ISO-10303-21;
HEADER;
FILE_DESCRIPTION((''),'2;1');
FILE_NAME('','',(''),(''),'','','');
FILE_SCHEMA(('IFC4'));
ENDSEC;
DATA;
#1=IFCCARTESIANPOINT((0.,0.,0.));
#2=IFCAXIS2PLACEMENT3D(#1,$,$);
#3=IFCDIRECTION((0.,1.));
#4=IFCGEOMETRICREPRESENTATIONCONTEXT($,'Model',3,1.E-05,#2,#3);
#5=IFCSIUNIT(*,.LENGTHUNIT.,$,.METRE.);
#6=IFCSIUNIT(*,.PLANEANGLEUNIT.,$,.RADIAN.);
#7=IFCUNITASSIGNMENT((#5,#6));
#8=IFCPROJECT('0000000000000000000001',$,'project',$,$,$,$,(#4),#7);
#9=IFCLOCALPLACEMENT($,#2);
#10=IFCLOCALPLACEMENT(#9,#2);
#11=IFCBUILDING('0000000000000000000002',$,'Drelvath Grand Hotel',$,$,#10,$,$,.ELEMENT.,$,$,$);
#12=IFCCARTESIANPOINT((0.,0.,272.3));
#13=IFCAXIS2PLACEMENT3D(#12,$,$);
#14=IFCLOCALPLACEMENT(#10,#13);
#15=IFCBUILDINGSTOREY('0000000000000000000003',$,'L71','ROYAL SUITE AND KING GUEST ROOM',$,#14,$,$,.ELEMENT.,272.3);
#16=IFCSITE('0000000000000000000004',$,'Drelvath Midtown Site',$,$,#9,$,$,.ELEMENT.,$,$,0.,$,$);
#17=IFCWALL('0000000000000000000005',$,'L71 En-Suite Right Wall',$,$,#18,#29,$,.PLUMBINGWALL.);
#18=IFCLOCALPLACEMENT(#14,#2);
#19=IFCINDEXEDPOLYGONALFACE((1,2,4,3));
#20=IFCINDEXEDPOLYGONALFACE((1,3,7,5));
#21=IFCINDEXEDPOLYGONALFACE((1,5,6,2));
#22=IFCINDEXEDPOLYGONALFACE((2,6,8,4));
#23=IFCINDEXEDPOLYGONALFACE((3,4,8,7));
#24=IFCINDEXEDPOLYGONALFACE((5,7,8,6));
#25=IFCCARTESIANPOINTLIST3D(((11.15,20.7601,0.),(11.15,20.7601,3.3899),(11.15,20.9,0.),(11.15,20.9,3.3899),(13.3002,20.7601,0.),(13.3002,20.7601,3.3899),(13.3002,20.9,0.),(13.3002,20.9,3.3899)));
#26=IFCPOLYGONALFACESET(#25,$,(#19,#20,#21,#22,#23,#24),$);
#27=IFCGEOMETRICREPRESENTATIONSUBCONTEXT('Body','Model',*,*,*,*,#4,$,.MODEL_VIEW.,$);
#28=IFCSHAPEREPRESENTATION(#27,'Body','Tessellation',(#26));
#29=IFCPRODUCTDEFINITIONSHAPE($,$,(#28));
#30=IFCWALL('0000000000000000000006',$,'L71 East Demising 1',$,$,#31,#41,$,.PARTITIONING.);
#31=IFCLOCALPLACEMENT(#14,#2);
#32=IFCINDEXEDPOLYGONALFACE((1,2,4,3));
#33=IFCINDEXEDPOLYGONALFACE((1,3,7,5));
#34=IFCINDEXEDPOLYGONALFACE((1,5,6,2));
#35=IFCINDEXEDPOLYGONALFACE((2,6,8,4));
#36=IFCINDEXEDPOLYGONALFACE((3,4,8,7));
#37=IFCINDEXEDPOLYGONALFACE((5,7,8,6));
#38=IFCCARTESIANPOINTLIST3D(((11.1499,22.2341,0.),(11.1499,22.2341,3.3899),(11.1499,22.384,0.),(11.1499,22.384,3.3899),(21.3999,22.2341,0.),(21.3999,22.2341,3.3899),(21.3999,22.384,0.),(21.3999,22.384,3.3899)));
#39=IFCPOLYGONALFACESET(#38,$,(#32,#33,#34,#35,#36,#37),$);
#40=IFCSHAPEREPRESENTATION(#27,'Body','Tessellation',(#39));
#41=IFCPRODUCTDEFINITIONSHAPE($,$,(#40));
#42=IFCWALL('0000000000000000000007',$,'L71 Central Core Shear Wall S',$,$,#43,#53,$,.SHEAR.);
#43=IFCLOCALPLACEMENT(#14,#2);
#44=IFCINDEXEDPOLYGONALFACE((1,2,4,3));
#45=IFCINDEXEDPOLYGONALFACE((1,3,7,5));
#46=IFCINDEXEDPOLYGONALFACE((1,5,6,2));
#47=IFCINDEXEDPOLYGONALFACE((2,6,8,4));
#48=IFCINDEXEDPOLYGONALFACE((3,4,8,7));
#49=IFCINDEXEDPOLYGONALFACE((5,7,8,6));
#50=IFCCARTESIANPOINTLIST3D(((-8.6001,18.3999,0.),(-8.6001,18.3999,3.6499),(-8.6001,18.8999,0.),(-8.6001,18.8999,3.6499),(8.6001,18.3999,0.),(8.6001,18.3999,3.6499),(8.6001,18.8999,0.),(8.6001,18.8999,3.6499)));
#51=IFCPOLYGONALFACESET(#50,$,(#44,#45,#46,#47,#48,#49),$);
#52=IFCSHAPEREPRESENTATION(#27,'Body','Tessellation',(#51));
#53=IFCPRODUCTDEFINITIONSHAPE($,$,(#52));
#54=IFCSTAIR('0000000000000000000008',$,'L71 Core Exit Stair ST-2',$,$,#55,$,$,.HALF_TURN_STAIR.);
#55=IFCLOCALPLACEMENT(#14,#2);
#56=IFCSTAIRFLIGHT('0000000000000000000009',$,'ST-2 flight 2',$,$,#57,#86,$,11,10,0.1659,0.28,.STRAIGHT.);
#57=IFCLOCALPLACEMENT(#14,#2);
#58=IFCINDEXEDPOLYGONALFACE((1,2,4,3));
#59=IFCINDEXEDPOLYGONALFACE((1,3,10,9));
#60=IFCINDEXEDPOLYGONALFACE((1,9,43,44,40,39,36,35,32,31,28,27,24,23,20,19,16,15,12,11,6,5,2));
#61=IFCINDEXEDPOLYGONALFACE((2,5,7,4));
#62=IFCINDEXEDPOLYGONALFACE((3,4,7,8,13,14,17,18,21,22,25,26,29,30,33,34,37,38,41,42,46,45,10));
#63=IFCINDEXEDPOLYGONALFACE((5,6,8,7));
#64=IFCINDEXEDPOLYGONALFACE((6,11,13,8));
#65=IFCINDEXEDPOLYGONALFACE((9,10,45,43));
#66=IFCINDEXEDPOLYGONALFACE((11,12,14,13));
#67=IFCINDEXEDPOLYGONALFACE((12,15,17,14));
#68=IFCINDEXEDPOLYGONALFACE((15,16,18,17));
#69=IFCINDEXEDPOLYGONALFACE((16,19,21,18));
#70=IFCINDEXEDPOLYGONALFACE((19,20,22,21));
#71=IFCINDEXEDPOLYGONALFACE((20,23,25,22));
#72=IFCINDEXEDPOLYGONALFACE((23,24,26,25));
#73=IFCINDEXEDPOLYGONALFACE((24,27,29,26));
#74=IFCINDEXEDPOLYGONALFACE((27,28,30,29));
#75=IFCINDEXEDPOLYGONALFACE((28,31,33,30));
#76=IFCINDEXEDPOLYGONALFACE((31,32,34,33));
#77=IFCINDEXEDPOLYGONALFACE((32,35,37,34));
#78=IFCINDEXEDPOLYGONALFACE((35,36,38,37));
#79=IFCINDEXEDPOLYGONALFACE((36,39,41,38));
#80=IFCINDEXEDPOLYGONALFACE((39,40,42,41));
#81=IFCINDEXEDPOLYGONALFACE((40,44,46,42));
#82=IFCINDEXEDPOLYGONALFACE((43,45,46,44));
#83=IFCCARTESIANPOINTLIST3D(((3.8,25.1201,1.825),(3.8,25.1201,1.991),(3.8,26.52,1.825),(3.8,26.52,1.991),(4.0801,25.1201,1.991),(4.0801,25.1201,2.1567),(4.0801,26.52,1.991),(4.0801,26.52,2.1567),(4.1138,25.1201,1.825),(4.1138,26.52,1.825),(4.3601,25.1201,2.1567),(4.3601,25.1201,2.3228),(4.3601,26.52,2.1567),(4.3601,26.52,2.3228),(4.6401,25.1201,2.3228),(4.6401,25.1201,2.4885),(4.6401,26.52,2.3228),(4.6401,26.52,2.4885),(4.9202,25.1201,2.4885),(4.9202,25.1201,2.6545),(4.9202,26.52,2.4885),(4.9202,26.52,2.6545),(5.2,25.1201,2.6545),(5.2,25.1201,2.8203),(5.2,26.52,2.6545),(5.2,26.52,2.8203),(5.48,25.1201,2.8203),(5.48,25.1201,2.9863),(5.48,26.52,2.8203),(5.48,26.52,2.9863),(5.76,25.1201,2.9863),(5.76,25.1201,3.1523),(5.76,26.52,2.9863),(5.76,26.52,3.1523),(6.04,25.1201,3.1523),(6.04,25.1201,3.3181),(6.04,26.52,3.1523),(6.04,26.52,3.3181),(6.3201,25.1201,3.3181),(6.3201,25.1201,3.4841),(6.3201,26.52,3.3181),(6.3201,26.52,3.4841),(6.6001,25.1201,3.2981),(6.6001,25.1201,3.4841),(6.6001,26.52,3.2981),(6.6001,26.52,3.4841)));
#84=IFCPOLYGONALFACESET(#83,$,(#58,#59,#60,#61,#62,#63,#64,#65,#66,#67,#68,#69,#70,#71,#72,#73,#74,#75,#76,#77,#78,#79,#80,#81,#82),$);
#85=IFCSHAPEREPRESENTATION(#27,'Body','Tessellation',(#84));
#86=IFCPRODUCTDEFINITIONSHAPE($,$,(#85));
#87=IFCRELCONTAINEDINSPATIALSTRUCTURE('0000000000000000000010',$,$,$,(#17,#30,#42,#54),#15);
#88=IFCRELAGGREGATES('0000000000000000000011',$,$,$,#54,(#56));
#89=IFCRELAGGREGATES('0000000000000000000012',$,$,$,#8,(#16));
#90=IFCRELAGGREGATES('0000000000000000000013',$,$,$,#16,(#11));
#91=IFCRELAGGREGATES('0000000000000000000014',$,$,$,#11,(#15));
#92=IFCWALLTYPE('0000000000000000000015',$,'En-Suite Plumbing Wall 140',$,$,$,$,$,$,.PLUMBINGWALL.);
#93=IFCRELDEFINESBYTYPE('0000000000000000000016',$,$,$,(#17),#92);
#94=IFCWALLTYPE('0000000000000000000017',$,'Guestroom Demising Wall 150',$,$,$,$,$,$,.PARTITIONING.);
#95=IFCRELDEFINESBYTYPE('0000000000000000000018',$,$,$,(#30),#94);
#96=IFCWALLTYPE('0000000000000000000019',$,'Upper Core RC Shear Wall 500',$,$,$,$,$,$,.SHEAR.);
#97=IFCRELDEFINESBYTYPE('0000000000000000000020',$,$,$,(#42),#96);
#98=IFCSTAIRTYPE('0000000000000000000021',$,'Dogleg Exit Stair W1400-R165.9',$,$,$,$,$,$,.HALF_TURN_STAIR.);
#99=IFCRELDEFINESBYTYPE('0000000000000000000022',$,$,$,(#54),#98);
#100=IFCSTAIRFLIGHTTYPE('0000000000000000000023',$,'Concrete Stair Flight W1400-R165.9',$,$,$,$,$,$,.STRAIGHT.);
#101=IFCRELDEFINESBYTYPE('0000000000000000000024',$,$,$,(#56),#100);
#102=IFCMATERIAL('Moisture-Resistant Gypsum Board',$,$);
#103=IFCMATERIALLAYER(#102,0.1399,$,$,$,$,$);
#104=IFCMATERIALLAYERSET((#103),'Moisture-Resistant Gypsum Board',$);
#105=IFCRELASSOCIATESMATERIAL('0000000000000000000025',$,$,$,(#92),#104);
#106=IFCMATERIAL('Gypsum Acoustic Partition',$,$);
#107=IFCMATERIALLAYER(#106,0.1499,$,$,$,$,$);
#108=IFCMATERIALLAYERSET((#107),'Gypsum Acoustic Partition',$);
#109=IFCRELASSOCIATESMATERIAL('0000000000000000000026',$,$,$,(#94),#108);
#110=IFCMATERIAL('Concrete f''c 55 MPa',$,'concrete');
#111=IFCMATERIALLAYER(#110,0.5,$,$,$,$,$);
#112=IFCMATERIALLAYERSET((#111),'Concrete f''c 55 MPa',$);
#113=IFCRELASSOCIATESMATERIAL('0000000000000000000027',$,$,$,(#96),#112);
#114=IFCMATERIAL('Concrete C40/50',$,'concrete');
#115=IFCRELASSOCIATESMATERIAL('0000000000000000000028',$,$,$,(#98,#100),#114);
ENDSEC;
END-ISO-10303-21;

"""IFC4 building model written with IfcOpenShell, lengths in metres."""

from ifc_helpers import new_model, si_unit, direction, frame, frame_2d, origin, place, context, subcontext, project, spatial, polyline, rectangle, outline, extrude, material, layer, layer_set, type_object, element, aggregate, save


model = new_model("IFC4")

# Units and contexts
model_context = context("Model", 3, precision=1e-05, world=origin(), true_north=direction((0.0, 1.0)))
body_context = subcontext(model_context, "Body", "Model", "MODEL_VIEW")
ifc_project = project(units=[si_unit("LENGTHUNIT", "METRE"), si_unit("PLANEANGLEUNIT", "RADIAN")], contexts=[model_context])

# Site, building, storey
site_placement = place(None, origin())
site = spatial("IfcSite", under=ifc_project, at=site_placement, Name="Drelvath Midtown Site", CompositionType="ELEMENT", RefElevation=0.0)
building_placement = place(site_placement, origin())
building = spatial("IfcBuilding", under=site, at=building_placement, Name="Drelvath Grand Hotel", CompositionType="ELEMENT")
storey_placement = place(building_placement, frame((0.0, 0.0, 272.3)))
storey = spatial("IfcBuildingStorey", under=building, at=storey_placement, Name="L71", Description="ROYAL SUITE AND KING GUEST ROOM", CompositionType="ELEMENT", Elevation=272.3)

# Shared definitions
ifc_material_1 = material(Name="Concrete f'c 55 MPa", Category="concrete")

# Shared definitions
ifc_material_2 = material(Name="Concrete C40/50", Category="concrete")

# Walls
ifc_material_3 = material(Name="Moisture-Resistant Gypsum Board")
ifc_layer_1 = layer(ifc_material_3, 0.1399)
ifc_layer_set_1 = layer_set([ifc_layer_1], Name="Moisture-Resistant Gypsum Board")
wall_type_1 = type_object("IfcWallType", Name="En-Suite Plumbing Wall 140", PredefinedType="PLUMBINGWALL", material=ifc_layer_set_1)
wall_1_placement = place(storey_placement, frame((11.1499, 20.8301, 0.0), z_axis=(0.0, 0.0, 1.0), x_axis=(1.0, 0.0, 0.0)))
element("IfcWall", 1, at=wall_1_placement, inside=storey, type_object=wall_type_1, Name="L71 En-Suite Right Wall", PredefinedType="PLUMBINGWALL", context=body_context, shape_type="SweptSolid", body=[
    extrude(rectangle(XDim=2.1501, YDim=0.1399, at=frame_2d((1.0752, 0.0))), origin(), (0.0, 0.0, 1.0), 3.3899),
])
ifc_material_4 = material(Name="Gypsum Acoustic Partition")
ifc_layer_2 = layer(ifc_material_4, 0.1499)
ifc_layer_set_2 = layer_set([ifc_layer_2], Name="Gypsum Acoustic Partition")
wall_type_2 = type_object("IfcWallType", Name="Guestroom Demising Wall 150", PredefinedType="PARTITIONING", material=ifc_layer_set_2)
wall_2_placement = place(storey_placement, frame((11.1499, 22.3091, 0.0), z_axis=(0.0, 0.0, 1.0), x_axis=(1.0, 0.0, 0.0)))
element("IfcWall", 2, at=wall_2_placement, inside=storey, type_object=wall_type_2, Name="L71 East Demising 1", PredefinedType="PARTITIONING", context=body_context, shape_type="SweptSolid", body=[
    extrude(rectangle(XDim=10.25, YDim=0.1499, at=frame_2d((5.125, 0.0))), origin(), (0.0, 0.0, 1.0), 3.3899),
])
ifc_layer_3 = layer(ifc_material_1, 0.5)
ifc_layer_set_3 = layer_set([ifc_layer_3], Name="Concrete f'c 55 MPa")
wall_type_3 = type_object("IfcWallType", Name="Upper Core RC Shear Wall 500", PredefinedType="SHEAR", material=ifc_layer_set_3)
wall_3_placement = place(storey_placement, frame((8.6001, 18.6499, 0.0), z_axis=(0.0, 0.0, 1.0), x_axis=(-1.0, 0.0, 0.0)))
element("IfcWall", 3, at=wall_3_placement, inside=storey, type_object=wall_type_3, Name="L71 Central Core Shear Wall S", PredefinedType="SHEAR", context=body_context, shape_type="SweptSolid", body=[
    extrude(rectangle(XDim=17.2002, YDim=0.5, at=frame_2d((8.6001, 0.0))), origin(), (0.0, 0.0, 1.0), 3.6499),
])

# Stair, stair flight
stair_type = type_object("IfcStairType", Name="Dogleg Exit Stair W1400-R165.9", PredefinedType="HALF_TURN_STAIR", material=ifc_material_2)
stair_placement = place(storey_placement, origin())
stair = element("IfcStair", 4, at=stair_placement, inside=storey, type_object=stair_type, Name="L71 Core Exit Stair ST-2", PredefinedType="HALF_TURN_STAIR")
stair_flight_type = type_object("IfcStairFlightType", Name="Concrete Stair Flight W1400-R165.9", PredefinedType="STRAIGHT", material=ifc_material_2)
stair_flight_placement = place(storey_placement, frame((3.8, 25.8201, 1.825), z_axis=(0.0, 0.0, 1.0), x_axis=(1.0, 0.0, 0.0)))
stair_flight = element("IfcStairFlight", 5, at=stair_flight_placement, type_object=stair_flight_type, Name="ST-2 flight 2", NumberOfRisers=11, NumberOfTreads=10, PredefinedType="STRAIGHT", RiserHeight=0.1659, TreadLength=0.28, context=body_context, shape_type="SweptSolid", body=[
    extrude(outline(polyline([(0.0, 0.0), (0.0, 0.166), (0.28, 0.166), (0.28, 0.3318), (0.5601, 0.3318), (0.5601, 0.4978), (0.8401, 0.4978), (0.8401, 0.6636), (1.1201, 0.6636), (1.1201, 0.8296), (1.3999, 0.8296), (1.3999, 0.9954), (1.6799, 0.9954), (1.6799, 1.1614), (1.96, 1.1614), (1.96, 1.3274), (2.24, 1.3274), (2.24, 1.4932), (2.52, 1.4932), (2.52, 1.6592), (2.8, 1.6592), (2.8, 1.825), (2.8, 1.4731), (0.3137, 0.0), (0.0, 0.0)])), frame((0.0, 0.7, 0.0), z_axis=(0.0, -1.0, 0.0), x_axis=(1.0, 0.0, 0.0)), (0.0, 0.0, 1.0), 1.3999),
])
aggregate(stair, [stair_flight])

save(model, "model.ifc")
